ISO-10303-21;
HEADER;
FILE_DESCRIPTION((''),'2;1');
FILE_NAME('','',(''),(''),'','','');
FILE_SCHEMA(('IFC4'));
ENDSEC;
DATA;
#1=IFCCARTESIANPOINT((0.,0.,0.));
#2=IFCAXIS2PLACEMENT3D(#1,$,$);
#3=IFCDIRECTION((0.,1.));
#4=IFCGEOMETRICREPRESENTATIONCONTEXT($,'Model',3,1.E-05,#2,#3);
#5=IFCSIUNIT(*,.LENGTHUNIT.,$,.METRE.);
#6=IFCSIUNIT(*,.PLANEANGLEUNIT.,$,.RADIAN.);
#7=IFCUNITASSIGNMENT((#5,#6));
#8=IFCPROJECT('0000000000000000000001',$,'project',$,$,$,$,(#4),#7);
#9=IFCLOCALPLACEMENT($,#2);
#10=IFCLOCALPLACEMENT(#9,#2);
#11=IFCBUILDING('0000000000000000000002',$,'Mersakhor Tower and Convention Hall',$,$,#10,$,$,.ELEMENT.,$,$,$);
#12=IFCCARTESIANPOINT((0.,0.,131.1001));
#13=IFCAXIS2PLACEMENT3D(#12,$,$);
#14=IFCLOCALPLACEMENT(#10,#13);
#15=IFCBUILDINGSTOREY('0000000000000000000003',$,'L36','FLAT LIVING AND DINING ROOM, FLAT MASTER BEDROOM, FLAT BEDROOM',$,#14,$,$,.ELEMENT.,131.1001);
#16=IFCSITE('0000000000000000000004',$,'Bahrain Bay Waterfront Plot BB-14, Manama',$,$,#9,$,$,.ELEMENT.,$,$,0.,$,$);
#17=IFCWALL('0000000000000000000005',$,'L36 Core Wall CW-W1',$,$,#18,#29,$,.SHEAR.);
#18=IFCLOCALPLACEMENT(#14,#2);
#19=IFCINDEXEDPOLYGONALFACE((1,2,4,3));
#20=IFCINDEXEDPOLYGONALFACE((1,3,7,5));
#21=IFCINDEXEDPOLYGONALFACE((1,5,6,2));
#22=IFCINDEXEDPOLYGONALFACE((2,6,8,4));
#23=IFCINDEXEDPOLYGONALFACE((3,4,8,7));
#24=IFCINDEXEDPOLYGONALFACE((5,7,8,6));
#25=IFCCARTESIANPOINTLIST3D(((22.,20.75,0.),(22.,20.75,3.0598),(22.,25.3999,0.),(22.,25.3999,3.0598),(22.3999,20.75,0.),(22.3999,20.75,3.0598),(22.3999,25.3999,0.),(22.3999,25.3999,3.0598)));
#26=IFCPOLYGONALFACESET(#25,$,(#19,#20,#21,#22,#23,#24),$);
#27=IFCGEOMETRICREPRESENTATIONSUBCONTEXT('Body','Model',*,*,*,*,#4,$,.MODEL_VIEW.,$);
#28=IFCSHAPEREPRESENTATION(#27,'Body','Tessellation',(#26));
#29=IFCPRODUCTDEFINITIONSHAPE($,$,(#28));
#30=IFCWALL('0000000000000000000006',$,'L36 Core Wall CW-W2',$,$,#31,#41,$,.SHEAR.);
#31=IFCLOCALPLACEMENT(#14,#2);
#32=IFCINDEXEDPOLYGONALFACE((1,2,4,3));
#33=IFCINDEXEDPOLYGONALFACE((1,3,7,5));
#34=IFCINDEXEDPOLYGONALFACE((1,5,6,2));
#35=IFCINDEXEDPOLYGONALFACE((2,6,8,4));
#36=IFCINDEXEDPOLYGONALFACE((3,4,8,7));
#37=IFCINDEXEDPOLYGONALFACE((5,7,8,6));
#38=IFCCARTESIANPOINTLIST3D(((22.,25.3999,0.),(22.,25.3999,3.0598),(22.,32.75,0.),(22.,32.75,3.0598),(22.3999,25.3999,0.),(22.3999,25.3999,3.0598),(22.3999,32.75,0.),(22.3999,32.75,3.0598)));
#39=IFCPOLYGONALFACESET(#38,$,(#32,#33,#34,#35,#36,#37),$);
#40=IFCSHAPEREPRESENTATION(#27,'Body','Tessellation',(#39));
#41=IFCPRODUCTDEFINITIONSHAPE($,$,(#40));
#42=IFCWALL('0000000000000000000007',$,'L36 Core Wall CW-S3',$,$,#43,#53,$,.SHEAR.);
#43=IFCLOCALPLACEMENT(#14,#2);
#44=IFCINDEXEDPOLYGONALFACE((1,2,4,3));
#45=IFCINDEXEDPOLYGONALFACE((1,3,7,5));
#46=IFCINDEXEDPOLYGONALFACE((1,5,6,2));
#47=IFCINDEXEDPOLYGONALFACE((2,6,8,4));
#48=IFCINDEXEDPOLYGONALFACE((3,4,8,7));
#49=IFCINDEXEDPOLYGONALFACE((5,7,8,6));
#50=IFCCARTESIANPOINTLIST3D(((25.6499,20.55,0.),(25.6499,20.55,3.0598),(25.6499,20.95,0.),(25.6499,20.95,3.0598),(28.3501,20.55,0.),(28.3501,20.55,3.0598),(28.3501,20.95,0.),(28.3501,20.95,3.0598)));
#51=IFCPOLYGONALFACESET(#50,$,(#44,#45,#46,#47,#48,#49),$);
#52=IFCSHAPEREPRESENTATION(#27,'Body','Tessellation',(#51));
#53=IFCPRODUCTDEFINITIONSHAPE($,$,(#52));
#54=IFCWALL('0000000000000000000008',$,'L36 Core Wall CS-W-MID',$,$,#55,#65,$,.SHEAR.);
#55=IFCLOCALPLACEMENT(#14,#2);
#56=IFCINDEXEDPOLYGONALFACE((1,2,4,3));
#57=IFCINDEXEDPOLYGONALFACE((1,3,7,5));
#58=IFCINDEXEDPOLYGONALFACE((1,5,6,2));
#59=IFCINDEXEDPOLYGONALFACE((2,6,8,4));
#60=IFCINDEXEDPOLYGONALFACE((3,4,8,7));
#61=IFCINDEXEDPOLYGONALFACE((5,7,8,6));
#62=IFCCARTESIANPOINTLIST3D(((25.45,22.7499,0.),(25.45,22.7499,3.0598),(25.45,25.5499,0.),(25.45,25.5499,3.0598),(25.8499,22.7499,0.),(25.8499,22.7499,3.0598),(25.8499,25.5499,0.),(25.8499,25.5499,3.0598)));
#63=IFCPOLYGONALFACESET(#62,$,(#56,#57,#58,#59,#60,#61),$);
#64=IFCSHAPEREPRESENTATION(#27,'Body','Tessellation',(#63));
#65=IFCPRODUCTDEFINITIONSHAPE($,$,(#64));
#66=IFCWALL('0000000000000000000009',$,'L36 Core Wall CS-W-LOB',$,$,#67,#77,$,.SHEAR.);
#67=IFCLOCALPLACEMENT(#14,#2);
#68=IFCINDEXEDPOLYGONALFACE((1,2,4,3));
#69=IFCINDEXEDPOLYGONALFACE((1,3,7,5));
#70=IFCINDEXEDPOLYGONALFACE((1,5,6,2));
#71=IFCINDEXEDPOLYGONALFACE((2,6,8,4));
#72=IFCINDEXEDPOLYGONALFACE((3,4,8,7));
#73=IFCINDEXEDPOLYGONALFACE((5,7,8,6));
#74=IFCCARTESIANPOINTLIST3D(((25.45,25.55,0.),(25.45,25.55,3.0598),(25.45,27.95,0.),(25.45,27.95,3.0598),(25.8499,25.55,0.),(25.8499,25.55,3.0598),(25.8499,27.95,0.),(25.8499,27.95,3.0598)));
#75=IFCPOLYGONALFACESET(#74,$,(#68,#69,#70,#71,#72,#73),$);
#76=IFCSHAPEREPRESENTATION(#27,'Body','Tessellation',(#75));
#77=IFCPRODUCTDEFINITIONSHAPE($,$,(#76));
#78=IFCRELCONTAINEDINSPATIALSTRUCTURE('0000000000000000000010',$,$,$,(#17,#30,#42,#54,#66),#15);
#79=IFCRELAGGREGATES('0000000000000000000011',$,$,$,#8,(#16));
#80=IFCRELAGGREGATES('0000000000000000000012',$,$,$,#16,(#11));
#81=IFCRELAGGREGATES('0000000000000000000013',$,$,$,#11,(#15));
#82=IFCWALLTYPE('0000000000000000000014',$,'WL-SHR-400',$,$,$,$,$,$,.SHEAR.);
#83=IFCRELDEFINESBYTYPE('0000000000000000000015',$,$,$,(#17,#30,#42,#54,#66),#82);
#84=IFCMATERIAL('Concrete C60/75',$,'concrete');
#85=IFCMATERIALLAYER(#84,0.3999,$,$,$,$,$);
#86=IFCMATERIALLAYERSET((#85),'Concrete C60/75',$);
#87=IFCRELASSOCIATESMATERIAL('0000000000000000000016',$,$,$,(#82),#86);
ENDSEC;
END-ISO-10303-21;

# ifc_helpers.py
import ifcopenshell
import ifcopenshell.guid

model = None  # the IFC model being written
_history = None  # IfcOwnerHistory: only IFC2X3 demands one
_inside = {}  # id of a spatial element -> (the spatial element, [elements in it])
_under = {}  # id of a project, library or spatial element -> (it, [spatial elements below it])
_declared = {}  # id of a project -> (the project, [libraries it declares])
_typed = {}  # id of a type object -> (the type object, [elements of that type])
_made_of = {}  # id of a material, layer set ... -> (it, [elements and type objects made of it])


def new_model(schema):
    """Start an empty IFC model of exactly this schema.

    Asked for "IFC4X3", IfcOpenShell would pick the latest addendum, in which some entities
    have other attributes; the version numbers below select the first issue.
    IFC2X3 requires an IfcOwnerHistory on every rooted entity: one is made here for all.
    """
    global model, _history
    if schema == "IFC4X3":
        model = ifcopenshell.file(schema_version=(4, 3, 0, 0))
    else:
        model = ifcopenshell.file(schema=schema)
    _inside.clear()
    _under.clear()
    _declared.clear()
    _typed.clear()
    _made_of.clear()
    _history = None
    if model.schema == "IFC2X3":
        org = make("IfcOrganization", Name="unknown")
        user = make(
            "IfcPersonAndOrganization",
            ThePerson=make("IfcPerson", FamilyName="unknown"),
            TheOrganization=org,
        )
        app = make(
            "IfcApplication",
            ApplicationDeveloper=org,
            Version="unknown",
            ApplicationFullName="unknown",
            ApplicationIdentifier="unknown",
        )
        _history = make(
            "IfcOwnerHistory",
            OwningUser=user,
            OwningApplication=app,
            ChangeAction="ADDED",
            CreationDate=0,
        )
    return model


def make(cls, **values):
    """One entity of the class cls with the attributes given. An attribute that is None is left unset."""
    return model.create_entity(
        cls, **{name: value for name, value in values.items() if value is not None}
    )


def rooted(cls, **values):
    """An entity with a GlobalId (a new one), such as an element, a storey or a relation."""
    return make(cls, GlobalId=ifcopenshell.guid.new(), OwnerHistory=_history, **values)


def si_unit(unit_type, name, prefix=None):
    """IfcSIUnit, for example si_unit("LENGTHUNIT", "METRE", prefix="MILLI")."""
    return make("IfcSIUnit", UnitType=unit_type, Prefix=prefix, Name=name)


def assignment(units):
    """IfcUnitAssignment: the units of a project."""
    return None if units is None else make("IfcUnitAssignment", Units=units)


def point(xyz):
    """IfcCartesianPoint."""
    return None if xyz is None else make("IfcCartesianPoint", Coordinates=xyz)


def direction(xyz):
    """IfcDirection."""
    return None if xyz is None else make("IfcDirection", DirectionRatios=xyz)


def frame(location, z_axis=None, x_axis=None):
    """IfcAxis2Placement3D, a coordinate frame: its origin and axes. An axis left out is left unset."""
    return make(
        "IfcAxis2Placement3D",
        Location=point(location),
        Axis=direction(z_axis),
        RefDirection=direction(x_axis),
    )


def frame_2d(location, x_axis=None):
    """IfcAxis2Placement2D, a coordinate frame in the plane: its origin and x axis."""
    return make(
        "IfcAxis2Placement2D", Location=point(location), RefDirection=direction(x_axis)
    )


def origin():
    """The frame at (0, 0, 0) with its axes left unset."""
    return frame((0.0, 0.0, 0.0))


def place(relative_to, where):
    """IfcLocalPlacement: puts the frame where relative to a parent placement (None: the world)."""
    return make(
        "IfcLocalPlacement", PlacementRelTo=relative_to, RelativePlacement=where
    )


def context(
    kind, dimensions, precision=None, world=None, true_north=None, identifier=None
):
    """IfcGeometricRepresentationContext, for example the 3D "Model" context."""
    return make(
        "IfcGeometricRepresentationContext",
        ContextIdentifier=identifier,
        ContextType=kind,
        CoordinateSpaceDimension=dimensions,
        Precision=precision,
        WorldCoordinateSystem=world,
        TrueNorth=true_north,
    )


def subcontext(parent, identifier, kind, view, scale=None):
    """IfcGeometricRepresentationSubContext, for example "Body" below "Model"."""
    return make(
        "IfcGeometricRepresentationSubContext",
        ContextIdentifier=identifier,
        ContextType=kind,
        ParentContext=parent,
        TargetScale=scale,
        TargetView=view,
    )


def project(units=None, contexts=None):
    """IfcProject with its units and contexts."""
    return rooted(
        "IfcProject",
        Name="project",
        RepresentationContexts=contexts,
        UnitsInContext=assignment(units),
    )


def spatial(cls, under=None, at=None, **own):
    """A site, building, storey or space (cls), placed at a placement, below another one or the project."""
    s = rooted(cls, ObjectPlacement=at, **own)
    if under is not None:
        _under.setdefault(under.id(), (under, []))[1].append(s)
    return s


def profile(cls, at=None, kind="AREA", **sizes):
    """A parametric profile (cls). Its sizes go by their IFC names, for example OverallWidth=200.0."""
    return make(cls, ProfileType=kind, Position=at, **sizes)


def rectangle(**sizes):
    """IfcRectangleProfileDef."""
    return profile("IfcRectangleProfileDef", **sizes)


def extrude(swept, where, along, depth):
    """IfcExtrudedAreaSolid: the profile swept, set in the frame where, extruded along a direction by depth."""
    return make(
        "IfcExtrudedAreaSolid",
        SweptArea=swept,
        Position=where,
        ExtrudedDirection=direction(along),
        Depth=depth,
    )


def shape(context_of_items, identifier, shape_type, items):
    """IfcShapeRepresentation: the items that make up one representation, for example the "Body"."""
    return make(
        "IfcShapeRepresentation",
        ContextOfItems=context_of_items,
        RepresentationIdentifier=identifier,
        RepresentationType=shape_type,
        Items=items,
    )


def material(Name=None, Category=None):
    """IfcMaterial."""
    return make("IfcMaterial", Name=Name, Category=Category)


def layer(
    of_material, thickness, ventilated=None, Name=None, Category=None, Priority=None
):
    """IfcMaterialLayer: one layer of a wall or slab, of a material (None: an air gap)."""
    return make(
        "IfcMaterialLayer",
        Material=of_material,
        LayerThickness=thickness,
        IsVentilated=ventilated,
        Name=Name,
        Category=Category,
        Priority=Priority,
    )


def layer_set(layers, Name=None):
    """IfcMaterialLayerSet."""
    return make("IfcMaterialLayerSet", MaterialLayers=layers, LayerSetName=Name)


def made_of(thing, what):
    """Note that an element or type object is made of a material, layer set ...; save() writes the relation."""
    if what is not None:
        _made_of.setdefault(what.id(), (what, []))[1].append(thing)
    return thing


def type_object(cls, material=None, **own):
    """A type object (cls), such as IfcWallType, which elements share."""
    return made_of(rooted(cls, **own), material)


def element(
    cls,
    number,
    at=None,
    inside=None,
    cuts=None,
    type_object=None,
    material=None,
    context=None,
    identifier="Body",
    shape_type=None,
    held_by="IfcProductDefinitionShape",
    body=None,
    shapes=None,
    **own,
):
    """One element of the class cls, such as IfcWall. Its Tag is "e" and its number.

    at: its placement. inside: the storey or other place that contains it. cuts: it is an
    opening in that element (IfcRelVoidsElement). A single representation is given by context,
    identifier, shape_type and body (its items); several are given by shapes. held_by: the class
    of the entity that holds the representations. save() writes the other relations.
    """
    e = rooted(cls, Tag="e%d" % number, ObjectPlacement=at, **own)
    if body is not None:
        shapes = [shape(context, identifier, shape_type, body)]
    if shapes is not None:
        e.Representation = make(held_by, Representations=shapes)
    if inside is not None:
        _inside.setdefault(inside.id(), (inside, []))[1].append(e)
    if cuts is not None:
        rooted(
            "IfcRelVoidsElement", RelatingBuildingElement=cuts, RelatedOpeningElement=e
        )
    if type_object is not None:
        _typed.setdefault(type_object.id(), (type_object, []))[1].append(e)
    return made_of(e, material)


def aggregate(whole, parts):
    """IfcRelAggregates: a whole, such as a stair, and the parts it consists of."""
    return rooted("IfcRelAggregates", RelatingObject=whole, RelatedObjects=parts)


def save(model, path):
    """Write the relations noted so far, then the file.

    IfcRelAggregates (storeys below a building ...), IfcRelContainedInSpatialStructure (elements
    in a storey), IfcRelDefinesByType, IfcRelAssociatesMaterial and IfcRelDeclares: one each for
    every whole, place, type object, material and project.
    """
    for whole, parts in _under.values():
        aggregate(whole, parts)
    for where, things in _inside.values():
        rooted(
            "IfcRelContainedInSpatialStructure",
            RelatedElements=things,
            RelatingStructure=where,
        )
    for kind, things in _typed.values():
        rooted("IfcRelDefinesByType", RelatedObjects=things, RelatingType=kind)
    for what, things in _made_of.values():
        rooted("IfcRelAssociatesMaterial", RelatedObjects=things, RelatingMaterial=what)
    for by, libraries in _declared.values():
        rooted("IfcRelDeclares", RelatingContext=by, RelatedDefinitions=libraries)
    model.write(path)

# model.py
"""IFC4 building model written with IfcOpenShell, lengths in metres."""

from ifc_helpers import new_model, si_unit, direction, frame, frame_2d, origin, place, context, subcontext, project, spatial, rectangle, extrude, material, layer, layer_set, type_object, element, save


model = new_model("IFC4")

# Units and contexts
model_context = context("Model", 3, precision=1e-05, world=origin(), true_north=direction((0.0, 1.0)))
body_context = subcontext(model_context, "Body", "Model", "MODEL_VIEW")
ifc_project = project(units=[si_unit("LENGTHUNIT", "METRE"), si_unit("PLANEANGLEUNIT", "RADIAN")], contexts=[model_context])

# Site, building, storey
site_placement = place(None, origin())
site = spatial("IfcSite", under=ifc_project, at=site_placement, Name="Bahrain Bay Waterfront Plot BB-14, Manama", CompositionType="ELEMENT", RefElevation=0.0)
building_placement = place(site_placement, origin())
building = spatial("IfcBuilding", under=site, at=building_placement, Name="Mersakhor Tower and Convention Hall", CompositionType="ELEMENT")
storey_placement = place(building_placement, frame((0.0, 0.0, 131.1001)))
storey = spatial("IfcBuildingStorey", under=building, at=storey_placement, Name="L36", Description="FLAT LIVING AND DINING ROOM, FLAT MASTER BEDROOM, FLAT BEDROOM", CompositionType="ELEMENT", Elevation=131.1001)

# Walls
ifc_material_1 = material(Name="Concrete C60/75", Category="concrete")
ifc_layer_1 = layer(ifc_material_1, 0.3999)
ifc_layer_set_1 = layer_set([ifc_layer_1], Name="Concrete C60/75")
wall_type_1 = type_object("IfcWallType", Name="WL-SHR-400", PredefinedType="SHEAR", material=ifc_layer_set_1)
wall_1_placement = place(storey_placement, frame((22.2, 20.75, 0.0), z_axis=(0.0, 0.0, 1.0), x_axis=(0.0, 1.0, 0.0)))
element("IfcWall", 1, at=wall_1_placement, inside=storey, type_object=wall_type_1, Name="L36 Core Wall CW-W1", PredefinedType="SHEAR", context=body_context, shape_type="SweptSolid", body=[
    extrude(rectangle(XDim=4.6499, YDim=0.3999, at=frame_2d((2.325, 0.0))), origin(), (0.0, 0.0, 1.0), 3.0598),
])
wall_2_placement = place(storey_placement, frame((22.2, 25.3999, 0.0), z_axis=(0.0, 0.0, 1.0), x_axis=(0.0, 1.0, 0.0)))
element("IfcWall", 2, at=wall_2_placement, inside=storey, type_object=wall_type_1, Name="L36 Core Wall CW-W2", PredefinedType="SHEAR", context=body_context, shape_type="SweptSolid", body=[
    extrude(rectangle(XDim=7.3501, YDim=0.3999, at=frame_2d((3.675, 0.0))), origin(), (0.0, 0.0, 1.0), 3.0598),
])
wall_3_placement = place(storey_placement, frame((28.3501, 20.75, 0.0), z_axis=(0.0, 0.0, 1.0), x_axis=(-1.0, 0.0, 0.0)))
element("IfcWall", 3, at=wall_3_placement, inside=storey, type_object=wall_type_1, Name="L36 Core Wall CW-S3", PredefinedType="SHEAR", context=body_context, shape_type="SweptSolid", body=[
    extrude(rectangle(XDim=2.7002, YDim=0.3999, at=frame_2d((1.3501, 0.0))), origin(), (0.0, 0.0, 1.0), 3.0598),
])

# Walls
wall_4_placement = place(storey_placement, frame((25.6499, 22.75, 0.0), z_axis=(0.0, 0.0, 1.0), x_axis=(0.0, 1.0, 0.0)))
element("IfcWall", 4, at=wall_4_placement, inside=storey, type_object=wall_type_1, Name="L36 Core Wall CS-W-MID", PredefinedType="SHEAR", context=body_context, shape_type="SweptSolid", body=[
    extrude(rectangle(XDim=2.8, YDim=0.3999, at=frame_2d((1.3999, 0.0))), origin(), (0.0, 0.0, 1.0), 3.0598),
])
wall_5_placement = place(storey_placement, frame((25.6499, 25.55, 0.0), z_axis=(0.0, 0.0, 1.0), x_axis=(0.0, 1.0, 0.0)))
element("IfcWall", 5, at=wall_5_placement, inside=storey, type_object=wall_type_1, Name="L36 Core Wall CS-W-LOB", PredefinedType="SHEAR", context=body_context, shape_type="SweptSolid", body=[
    extrude(rectangle(XDim=2.3999, YDim=0.3999, at=frame_2d((1.2, 0.0))), origin(), (0.0, 0.0, 1.0), 3.0598),
])

save(model, "model.ifc")
